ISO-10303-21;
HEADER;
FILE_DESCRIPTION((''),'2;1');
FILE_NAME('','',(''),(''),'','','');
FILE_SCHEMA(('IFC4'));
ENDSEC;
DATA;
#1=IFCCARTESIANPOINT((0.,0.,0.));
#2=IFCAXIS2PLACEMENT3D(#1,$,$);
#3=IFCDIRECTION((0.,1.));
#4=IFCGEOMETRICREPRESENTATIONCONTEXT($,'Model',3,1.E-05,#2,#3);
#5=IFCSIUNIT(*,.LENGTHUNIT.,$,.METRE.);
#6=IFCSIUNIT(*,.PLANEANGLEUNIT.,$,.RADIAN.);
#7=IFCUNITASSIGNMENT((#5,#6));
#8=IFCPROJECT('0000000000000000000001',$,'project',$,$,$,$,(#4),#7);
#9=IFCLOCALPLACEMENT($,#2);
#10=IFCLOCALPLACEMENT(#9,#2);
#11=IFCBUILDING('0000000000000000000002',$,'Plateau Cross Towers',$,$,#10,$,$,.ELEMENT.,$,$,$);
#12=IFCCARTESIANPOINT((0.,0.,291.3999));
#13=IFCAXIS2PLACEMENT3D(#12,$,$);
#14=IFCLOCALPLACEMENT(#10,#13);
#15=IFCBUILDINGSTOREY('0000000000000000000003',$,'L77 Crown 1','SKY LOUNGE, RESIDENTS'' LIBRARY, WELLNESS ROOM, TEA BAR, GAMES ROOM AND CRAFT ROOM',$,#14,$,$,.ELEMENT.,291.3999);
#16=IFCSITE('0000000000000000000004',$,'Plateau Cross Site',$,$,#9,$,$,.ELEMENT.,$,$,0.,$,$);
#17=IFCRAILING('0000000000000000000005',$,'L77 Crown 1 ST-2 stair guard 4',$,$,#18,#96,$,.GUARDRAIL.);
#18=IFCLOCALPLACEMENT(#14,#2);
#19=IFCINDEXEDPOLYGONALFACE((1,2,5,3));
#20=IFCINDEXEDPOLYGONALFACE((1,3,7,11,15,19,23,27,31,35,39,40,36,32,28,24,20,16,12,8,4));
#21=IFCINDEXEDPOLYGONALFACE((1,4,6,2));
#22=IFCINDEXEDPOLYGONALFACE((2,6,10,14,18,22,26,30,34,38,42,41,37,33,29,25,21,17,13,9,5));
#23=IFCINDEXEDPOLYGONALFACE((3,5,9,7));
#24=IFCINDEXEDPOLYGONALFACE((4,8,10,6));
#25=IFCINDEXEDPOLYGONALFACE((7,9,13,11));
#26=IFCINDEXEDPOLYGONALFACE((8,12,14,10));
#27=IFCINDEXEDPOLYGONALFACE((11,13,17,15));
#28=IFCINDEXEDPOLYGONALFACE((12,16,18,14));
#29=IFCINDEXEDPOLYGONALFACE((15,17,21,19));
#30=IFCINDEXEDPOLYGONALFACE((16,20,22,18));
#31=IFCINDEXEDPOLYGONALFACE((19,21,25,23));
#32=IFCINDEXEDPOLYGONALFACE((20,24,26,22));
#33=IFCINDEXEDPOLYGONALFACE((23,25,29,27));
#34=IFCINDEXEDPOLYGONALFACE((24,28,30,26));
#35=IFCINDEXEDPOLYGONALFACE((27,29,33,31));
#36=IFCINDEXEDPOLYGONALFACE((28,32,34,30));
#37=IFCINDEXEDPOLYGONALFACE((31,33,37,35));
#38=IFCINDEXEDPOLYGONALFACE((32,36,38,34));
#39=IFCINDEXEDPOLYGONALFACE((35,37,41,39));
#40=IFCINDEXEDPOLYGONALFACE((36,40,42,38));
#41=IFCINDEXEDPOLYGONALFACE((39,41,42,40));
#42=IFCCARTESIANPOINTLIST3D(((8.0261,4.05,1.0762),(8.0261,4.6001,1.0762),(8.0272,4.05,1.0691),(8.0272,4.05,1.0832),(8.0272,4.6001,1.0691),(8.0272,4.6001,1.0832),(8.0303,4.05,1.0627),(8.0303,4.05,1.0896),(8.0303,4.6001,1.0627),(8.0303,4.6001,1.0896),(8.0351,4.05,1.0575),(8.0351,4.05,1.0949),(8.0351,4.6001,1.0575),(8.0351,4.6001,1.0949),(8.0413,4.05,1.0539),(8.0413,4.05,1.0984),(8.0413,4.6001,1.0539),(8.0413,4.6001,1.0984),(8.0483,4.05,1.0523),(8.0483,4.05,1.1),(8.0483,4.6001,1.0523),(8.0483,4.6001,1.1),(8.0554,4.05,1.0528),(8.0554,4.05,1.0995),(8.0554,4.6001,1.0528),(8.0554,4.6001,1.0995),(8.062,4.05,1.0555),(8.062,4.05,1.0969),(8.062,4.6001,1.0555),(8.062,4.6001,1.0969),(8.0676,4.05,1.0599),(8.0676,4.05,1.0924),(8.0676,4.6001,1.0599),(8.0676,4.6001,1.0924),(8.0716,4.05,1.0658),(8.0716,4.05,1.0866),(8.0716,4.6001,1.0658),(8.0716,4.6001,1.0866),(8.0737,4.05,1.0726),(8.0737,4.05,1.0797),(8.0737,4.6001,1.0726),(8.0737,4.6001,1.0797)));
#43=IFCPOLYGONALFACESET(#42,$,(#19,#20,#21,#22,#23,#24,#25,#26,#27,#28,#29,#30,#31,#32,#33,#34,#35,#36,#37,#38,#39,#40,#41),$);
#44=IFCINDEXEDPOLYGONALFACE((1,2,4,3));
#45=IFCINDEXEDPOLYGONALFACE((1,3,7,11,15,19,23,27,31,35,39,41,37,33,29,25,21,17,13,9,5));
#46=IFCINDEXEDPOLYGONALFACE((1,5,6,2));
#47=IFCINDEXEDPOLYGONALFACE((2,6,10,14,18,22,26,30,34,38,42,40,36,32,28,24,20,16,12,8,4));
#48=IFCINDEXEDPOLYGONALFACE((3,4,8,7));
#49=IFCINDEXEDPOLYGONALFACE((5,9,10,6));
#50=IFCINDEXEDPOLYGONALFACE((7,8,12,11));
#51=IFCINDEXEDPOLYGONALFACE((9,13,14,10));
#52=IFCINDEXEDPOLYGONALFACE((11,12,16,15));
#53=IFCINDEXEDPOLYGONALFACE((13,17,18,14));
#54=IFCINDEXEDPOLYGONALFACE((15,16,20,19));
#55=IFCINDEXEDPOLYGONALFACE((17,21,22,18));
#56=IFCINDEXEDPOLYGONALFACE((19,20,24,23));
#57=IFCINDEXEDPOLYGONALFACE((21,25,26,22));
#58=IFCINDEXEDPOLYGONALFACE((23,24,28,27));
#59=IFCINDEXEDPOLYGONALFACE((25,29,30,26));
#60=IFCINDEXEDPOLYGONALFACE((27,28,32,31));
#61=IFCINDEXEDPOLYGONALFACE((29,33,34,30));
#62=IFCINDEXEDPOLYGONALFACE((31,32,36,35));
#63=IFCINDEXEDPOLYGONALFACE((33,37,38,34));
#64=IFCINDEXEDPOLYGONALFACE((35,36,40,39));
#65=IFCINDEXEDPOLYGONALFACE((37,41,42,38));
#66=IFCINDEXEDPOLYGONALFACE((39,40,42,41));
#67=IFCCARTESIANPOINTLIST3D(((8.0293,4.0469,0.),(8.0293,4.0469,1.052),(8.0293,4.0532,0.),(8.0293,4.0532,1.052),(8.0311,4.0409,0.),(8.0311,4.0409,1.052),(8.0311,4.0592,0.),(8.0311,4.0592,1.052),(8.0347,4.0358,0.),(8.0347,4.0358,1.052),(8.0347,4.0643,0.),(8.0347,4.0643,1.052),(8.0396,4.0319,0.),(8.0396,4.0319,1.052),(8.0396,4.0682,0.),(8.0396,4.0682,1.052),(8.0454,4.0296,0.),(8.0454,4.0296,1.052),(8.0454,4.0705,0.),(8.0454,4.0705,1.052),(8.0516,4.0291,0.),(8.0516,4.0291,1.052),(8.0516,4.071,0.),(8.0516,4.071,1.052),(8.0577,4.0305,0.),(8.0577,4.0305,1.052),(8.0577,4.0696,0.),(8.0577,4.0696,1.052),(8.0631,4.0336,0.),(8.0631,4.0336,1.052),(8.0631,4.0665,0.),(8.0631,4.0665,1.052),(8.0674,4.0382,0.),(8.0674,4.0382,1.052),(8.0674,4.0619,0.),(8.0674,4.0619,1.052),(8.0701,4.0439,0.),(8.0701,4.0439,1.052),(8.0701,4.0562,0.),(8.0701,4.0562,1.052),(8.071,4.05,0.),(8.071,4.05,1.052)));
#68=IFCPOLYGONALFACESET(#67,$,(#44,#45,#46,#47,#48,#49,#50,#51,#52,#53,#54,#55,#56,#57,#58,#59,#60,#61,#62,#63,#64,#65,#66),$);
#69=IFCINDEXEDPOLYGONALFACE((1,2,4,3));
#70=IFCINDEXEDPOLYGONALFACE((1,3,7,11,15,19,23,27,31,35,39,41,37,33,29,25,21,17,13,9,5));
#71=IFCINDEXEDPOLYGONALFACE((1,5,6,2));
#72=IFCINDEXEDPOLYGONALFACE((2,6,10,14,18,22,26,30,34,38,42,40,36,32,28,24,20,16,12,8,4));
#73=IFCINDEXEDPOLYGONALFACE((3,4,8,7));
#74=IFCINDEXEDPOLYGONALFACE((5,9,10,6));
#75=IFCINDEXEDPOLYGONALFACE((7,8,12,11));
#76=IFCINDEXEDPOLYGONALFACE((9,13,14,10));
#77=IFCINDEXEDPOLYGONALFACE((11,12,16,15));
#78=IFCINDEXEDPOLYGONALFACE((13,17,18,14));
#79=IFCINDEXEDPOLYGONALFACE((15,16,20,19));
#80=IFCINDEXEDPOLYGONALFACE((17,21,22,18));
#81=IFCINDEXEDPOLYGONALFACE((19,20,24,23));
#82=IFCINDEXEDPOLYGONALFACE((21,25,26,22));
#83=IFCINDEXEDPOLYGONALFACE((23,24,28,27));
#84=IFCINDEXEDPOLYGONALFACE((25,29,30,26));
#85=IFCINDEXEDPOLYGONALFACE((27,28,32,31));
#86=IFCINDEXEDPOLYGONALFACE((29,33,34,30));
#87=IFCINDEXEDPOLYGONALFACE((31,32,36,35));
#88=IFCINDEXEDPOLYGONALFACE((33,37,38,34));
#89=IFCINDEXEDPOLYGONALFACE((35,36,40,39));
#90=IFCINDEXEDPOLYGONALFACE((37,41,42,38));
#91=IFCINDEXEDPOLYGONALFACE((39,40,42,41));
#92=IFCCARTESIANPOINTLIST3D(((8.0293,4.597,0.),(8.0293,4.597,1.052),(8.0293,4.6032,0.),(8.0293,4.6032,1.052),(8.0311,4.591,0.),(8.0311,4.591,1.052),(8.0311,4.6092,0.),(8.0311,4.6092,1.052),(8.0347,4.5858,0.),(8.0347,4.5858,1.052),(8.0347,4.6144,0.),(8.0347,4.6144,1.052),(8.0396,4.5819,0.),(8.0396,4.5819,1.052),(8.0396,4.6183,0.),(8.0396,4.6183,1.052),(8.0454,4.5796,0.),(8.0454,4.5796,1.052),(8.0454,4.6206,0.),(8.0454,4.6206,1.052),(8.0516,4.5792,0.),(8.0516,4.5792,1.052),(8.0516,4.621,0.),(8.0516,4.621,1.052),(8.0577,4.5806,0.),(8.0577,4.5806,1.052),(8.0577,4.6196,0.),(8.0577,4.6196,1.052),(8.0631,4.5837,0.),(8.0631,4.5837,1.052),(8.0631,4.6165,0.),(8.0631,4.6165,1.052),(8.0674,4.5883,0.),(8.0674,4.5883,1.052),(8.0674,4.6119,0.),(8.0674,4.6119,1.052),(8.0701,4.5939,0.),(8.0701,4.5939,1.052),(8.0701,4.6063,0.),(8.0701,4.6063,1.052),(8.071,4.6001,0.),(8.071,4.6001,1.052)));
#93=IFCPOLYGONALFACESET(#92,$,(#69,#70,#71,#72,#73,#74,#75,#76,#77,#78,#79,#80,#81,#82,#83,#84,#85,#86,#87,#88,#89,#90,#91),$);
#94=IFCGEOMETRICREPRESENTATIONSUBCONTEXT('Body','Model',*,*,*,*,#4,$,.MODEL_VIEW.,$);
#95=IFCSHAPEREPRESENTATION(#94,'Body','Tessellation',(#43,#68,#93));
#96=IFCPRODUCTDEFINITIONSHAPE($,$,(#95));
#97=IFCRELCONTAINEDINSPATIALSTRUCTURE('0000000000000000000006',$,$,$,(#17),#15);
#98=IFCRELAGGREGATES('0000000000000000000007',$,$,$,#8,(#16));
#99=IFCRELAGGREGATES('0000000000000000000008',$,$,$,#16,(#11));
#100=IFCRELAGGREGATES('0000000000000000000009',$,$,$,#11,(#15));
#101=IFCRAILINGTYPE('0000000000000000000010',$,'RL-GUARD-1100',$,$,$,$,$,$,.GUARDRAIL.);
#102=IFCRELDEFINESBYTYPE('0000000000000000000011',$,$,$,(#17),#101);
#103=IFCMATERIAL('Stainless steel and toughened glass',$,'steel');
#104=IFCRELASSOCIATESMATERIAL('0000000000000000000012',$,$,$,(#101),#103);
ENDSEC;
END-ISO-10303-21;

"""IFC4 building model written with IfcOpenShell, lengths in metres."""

from ifc_helpers import new_model, si_unit, direction, frame, origin, origin_2d, place, context, subcontext, project, spatial, circle, extrude, material, type_object, element, save


model = new_model("IFC4")

# Units and contexts
model_context = context("Model", 3, precision=1e-05, world=origin(), true_north=direction((0.0, 1.0)))
body_context = subcontext(model_context, "Body", "Model", "MODEL_VIEW")
ifc_project = project(units=[si_unit("LENGTHUNIT", "METRE"), si_unit("PLANEANGLEUNIT", "RADIAN")], contexts=[model_context])

# Site, building, storey
site_placement = place(None, origin())
site = spatial("IfcSite", under=ifc_project, at=site_placement, Name="Plateau Cross Site", CompositionType="ELEMENT", RefElevation=0.0)
building_placement = place(site_placement, origin())
building = spatial("IfcBuilding", under=site, at=building_placement, Name="Plateau Cross Towers", CompositionType="ELEMENT")
storey_placement = place(building_placement, frame((0.0, 0.0, 291.3999)))
storey = spatial("IfcBuildingStorey", under=building, at=storey_placement, Name="L77 Crown 1", Description="SKY LOUNGE, RESIDENTS' LIBRARY, WELLNESS ROOM, TEA BAR, GAMES ROOM AND CRAFT ROOM", CompositionType="ELEMENT", Elevation=291.3999)

# Railing
ifc_material_1 = material(Name="Stainless steel and toughened glass", Category="steel")
railing_type_1 = type_object("IfcRailingType", Name="RL-GUARD-1100", PredefinedType="GUARDRAIL", material=ifc_material_1)
railing_1_placement = place(storey_placement, frame((8.05, 4.05, 0.0)))
element("IfcRailing", 1, at=railing_1_placement, inside=storey, type_object=railing_type_1, Name="L77 Crown 1 ST-2 stair guard 4", PredefinedType="GUARDRAIL", context=body_context, shape_type="SweptSolid", body=[
    extrude(circle(Radius=0.0239, at=origin_2d()), frame((0.0, 0.0, 1.0762), z_axis=(0.0, 1.0, 0.0), x_axis=(-1.0, 0.0, 0.0)), (0.0, 0.0, 1.0), 0.55),
    extrude(circle(Radius=0.021, at=origin_2d()), origin(), (0.0, 0.0, 1.0), 1.052),
    extrude(circle(Radius=0.021, at=origin_2d()), frame((0.0, 0.55, 0.0)), (0.0, 0.0, 1.0), 1.052),
])

save(model, "model.ifc")
